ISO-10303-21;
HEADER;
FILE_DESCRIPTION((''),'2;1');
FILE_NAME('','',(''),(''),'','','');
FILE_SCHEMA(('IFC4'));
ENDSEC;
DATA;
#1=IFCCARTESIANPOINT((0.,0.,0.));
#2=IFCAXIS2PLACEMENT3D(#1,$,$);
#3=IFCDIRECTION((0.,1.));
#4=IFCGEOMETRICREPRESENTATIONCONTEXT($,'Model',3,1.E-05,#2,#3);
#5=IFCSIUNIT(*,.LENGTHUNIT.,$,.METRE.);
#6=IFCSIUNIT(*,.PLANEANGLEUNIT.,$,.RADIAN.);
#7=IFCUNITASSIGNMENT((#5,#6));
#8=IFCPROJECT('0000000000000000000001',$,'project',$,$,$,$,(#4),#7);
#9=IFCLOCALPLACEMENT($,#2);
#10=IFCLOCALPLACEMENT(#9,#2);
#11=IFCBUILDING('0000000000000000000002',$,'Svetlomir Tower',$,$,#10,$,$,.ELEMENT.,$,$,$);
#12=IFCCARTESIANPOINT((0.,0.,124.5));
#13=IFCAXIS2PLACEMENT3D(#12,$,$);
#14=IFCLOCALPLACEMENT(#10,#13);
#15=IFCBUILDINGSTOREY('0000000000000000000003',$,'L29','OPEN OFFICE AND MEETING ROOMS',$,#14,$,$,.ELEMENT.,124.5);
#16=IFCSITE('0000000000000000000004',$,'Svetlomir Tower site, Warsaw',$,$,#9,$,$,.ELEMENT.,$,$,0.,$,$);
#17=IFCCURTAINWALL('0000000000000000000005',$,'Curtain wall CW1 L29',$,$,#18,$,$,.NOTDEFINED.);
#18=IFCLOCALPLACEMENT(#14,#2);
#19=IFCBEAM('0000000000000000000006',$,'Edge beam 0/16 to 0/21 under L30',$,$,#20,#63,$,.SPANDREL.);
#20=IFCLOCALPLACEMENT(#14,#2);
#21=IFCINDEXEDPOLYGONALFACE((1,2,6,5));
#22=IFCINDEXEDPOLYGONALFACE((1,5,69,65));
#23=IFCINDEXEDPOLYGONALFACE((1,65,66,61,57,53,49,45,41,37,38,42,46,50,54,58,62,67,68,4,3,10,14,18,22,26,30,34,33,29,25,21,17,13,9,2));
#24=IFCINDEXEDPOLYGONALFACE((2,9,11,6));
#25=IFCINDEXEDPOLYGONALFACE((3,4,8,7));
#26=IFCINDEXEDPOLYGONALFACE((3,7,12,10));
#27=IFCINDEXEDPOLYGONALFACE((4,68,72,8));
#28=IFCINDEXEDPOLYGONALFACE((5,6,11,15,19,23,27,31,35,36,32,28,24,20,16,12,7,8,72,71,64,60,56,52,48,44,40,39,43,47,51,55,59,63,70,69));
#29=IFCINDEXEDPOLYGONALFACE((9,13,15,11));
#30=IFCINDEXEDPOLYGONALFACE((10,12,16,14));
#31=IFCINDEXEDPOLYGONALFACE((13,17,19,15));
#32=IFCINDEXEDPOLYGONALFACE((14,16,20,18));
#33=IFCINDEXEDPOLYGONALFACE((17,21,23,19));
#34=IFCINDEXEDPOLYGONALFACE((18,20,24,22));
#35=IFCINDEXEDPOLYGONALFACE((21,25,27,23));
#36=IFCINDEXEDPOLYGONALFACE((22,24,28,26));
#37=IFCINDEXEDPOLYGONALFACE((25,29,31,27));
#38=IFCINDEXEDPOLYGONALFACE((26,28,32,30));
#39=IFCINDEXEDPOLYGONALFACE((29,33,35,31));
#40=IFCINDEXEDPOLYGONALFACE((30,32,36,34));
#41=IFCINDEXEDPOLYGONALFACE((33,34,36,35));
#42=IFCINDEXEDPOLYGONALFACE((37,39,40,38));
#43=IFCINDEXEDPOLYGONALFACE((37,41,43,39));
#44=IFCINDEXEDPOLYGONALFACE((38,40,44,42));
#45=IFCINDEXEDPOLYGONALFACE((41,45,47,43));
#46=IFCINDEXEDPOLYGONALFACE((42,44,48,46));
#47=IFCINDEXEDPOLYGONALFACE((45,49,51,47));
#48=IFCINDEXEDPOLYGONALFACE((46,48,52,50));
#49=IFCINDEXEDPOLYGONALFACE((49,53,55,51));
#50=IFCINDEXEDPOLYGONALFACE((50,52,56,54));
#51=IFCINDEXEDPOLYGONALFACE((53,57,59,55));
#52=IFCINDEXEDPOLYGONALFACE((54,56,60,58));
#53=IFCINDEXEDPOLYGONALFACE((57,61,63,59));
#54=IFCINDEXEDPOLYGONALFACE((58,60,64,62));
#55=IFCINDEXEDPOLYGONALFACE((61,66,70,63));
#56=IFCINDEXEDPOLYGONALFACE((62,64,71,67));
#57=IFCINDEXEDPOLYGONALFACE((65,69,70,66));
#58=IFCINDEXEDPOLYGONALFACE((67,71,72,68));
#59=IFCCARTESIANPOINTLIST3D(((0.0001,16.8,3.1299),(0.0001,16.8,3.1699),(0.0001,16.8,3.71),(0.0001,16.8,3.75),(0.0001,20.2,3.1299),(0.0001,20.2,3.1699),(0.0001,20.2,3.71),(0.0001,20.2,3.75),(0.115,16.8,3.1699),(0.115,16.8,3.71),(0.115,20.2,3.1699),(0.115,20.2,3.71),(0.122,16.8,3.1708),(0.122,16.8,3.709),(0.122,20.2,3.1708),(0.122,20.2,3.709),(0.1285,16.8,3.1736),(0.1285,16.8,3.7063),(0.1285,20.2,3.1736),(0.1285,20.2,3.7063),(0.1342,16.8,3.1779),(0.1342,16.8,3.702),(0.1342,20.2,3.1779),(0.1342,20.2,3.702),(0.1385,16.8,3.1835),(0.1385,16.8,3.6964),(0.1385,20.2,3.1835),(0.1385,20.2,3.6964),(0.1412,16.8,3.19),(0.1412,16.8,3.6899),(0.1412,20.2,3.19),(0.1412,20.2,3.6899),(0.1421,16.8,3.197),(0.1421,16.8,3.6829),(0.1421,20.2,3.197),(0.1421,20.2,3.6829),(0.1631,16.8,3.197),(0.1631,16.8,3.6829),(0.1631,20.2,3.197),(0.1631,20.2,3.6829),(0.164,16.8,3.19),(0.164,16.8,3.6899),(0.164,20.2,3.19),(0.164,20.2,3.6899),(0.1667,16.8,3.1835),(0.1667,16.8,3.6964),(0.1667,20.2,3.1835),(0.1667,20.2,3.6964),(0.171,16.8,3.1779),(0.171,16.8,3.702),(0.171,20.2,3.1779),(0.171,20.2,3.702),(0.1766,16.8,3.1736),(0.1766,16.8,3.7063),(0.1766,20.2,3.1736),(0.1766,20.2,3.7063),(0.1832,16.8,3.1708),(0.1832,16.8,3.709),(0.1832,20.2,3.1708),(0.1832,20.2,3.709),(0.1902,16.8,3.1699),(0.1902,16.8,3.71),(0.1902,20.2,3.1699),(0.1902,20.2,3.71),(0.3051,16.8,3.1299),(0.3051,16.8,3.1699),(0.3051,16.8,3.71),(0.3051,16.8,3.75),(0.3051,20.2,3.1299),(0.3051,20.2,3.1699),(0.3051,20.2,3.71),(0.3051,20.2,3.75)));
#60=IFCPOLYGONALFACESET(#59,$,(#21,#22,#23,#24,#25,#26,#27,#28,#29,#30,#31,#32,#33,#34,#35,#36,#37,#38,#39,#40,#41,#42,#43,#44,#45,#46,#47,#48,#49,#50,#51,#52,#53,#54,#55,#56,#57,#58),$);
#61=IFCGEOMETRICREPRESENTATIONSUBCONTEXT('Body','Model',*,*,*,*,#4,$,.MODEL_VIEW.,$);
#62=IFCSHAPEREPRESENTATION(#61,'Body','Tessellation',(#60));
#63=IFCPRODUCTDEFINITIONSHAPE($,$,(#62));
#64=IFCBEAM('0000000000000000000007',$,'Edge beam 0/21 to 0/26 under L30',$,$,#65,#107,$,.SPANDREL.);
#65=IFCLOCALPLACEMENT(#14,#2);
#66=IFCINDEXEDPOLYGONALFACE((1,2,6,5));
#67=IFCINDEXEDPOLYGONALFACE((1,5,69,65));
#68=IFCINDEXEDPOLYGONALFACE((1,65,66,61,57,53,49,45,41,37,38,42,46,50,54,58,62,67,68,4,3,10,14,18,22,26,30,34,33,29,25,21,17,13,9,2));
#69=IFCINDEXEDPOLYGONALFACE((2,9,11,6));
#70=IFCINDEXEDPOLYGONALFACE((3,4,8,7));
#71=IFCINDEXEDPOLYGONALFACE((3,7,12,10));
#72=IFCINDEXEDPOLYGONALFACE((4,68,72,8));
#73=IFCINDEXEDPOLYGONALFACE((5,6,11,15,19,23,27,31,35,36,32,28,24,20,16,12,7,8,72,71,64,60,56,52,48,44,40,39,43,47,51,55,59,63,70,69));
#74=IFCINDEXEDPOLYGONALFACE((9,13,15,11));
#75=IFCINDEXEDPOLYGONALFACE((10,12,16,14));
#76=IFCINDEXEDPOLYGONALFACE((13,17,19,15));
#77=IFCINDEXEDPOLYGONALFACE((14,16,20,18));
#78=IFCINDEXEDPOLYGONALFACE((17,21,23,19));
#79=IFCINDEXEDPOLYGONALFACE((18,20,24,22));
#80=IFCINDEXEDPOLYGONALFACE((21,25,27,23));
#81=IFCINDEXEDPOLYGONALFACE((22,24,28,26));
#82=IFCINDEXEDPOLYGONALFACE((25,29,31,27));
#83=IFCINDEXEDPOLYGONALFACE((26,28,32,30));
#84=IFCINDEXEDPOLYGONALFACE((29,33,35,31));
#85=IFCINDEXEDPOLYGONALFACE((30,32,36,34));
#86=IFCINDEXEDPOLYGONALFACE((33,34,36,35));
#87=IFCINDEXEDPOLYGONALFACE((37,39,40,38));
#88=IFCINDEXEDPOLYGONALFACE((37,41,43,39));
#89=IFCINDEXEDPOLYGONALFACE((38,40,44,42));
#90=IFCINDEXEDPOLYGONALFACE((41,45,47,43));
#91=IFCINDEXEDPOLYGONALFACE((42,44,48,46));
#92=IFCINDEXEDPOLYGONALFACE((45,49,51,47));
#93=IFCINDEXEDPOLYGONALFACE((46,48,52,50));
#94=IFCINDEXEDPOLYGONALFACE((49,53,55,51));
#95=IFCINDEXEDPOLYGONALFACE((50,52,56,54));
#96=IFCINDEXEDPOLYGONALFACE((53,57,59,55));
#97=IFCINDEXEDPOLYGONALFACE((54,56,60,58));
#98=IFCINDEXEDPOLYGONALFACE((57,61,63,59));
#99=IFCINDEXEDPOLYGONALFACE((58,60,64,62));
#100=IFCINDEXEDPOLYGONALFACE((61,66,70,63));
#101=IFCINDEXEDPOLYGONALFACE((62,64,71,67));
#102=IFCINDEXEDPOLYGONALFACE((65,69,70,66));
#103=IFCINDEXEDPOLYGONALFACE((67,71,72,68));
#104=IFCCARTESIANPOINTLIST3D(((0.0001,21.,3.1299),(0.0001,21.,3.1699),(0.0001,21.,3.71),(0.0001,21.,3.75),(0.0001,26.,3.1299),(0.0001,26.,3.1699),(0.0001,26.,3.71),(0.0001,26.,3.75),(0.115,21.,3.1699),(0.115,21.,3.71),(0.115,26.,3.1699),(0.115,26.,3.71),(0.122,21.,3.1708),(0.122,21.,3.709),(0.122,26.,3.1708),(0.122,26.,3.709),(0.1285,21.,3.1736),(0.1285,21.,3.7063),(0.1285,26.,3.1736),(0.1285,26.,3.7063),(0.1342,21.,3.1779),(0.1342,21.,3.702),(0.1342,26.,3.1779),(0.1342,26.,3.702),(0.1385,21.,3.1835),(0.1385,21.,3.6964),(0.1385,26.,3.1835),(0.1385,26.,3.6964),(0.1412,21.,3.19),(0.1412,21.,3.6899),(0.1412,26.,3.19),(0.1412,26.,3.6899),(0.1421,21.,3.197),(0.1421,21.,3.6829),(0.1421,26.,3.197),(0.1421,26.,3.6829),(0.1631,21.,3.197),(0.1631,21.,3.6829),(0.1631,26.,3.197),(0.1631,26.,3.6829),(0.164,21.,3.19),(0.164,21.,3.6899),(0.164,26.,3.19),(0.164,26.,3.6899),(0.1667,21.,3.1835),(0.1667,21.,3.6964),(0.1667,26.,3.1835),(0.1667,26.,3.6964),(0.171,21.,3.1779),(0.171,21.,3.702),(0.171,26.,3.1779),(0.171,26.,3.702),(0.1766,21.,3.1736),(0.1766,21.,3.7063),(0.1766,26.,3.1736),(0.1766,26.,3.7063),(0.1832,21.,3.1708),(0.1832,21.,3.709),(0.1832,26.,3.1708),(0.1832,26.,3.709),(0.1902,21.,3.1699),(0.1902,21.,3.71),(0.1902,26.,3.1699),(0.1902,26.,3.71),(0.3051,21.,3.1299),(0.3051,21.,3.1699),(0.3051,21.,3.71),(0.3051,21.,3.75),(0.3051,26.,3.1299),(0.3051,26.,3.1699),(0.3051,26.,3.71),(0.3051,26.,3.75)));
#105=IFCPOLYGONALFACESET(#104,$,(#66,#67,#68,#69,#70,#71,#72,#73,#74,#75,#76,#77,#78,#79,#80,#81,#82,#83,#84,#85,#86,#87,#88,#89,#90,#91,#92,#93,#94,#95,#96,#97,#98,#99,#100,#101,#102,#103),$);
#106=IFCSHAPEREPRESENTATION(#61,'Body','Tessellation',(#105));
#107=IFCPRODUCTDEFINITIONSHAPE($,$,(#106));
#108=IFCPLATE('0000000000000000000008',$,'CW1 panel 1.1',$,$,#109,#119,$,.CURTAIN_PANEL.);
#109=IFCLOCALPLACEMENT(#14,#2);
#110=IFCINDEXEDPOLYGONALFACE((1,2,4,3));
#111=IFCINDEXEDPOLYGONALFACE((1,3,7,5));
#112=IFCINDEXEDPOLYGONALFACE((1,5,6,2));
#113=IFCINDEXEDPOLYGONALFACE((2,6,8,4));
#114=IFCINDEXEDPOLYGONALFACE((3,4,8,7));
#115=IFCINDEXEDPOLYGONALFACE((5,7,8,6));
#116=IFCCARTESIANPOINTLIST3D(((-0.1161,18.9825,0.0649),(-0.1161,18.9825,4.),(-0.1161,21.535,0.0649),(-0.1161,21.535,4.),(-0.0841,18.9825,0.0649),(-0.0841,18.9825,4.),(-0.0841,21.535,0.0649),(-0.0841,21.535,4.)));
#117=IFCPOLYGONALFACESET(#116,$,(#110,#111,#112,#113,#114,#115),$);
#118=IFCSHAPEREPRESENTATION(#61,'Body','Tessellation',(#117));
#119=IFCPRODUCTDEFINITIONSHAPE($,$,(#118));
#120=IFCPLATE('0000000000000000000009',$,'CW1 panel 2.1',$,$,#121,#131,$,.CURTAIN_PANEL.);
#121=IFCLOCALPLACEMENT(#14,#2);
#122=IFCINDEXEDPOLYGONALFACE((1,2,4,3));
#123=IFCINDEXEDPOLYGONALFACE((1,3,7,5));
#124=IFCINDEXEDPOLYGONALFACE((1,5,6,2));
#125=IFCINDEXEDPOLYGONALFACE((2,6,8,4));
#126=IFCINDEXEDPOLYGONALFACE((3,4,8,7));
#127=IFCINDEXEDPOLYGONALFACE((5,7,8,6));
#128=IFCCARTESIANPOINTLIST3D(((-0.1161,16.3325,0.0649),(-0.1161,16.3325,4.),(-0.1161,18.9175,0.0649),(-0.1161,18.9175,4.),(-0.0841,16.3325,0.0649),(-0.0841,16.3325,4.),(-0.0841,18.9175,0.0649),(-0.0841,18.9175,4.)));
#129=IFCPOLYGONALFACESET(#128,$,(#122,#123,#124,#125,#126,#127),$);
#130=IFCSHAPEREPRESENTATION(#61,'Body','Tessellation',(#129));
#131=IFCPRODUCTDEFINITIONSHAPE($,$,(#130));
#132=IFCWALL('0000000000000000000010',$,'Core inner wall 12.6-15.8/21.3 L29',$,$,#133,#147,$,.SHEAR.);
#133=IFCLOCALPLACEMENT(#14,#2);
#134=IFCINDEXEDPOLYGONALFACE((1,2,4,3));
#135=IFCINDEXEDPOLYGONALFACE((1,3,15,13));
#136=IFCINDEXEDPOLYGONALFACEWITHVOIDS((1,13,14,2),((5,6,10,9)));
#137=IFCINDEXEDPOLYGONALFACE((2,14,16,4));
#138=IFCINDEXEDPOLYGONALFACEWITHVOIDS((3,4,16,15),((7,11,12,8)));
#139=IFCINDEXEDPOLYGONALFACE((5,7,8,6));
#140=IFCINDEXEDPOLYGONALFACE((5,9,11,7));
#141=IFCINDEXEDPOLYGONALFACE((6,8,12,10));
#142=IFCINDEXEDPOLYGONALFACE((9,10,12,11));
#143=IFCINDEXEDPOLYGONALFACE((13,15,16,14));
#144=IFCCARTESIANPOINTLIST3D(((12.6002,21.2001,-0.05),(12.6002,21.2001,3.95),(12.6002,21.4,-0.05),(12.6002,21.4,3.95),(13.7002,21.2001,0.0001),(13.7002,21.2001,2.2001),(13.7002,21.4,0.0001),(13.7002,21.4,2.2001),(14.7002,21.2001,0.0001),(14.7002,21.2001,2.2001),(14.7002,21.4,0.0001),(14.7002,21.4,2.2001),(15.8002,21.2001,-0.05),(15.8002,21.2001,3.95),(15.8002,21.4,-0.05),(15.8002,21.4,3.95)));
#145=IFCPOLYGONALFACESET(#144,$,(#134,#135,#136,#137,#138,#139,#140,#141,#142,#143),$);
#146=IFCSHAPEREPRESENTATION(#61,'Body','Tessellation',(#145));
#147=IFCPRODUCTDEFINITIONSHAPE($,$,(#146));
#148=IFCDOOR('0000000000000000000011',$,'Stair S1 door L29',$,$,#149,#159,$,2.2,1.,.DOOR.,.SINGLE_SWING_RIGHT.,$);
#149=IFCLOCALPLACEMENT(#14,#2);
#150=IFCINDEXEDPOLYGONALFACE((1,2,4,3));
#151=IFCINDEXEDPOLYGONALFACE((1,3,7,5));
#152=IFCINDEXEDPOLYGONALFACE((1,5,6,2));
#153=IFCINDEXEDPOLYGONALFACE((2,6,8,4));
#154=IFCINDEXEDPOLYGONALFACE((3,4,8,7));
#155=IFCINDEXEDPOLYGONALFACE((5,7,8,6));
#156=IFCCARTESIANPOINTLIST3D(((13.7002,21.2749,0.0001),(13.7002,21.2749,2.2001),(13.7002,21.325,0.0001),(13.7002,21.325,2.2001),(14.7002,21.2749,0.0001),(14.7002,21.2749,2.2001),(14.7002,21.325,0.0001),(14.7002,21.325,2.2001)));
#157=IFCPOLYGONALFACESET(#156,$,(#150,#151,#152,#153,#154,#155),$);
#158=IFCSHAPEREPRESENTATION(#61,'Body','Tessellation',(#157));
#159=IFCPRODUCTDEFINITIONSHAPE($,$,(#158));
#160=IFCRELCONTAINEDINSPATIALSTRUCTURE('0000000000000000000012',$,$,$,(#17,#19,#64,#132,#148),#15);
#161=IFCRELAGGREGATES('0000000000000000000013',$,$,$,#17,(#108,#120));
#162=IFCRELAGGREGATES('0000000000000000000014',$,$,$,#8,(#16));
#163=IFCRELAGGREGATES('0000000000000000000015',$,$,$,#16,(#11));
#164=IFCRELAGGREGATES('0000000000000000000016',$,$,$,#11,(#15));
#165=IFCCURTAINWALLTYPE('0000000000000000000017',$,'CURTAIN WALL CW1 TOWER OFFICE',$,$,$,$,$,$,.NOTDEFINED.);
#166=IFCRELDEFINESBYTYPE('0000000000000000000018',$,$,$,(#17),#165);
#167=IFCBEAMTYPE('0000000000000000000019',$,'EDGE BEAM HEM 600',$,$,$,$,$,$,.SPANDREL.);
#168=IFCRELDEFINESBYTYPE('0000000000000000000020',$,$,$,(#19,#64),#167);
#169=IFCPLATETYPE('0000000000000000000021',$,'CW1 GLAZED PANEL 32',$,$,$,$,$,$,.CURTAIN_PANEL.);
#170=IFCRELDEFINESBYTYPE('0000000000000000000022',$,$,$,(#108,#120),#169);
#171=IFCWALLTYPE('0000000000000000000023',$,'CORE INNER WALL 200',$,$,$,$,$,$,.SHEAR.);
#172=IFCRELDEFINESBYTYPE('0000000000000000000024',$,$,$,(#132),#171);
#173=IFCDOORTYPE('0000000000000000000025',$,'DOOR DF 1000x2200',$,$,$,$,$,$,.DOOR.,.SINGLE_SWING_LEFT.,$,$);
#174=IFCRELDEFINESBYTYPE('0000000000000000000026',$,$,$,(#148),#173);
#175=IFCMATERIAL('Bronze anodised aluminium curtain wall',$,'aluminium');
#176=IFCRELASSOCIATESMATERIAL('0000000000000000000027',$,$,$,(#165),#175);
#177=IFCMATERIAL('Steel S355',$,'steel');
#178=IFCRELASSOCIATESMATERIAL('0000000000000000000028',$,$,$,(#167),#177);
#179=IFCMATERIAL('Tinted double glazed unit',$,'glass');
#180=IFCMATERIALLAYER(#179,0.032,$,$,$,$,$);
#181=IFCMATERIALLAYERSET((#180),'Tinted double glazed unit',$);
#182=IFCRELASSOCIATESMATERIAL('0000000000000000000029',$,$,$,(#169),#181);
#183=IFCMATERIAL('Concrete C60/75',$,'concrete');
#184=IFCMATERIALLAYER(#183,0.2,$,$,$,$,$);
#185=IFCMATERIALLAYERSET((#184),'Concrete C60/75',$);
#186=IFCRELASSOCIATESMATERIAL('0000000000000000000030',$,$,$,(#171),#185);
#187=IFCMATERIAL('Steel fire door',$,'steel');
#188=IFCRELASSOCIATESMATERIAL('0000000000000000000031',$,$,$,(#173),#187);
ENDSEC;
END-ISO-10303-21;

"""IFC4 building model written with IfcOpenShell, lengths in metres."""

from ifc_helpers import new_model, si_unit, direction, frame, frame_2d, origin, origin_2d, place, context, subcontext, project, spatial, rectangle, i_section, extrude, material, layer, layer_set, material_profile, profile_set, type_object, element, fill, aggregate, save


model = new_model("IFC4")

# Units and contexts
model_context = context("Model", 3, precision=1e-05, world=origin(), true_north=direction((0.0, 1.0)))
body_context = subcontext(model_context, "Body", "Model", "MODEL_VIEW")
ifc_project = project(units=[si_unit("LENGTHUNIT", "METRE"), si_unit("PLANEANGLEUNIT", "RADIAN")], contexts=[model_context])

# Site, building, storey
site_placement = place(None, origin())
site = spatial("IfcSite", under=ifc_project, at=site_placement, Name="Svetlomir Tower site, Warsaw", CompositionType="ELEMENT", RefElevation=0.0)
building_placement = place(site_placement, origin())
building = spatial("IfcBuilding", under=site, at=building_placement, Name="Svetlomir Tower", CompositionType="ELEMENT")
storey_placement = place(building_placement, frame((0.0, 0.0, 124.5)))
storey = spatial("IfcBuildingStorey", under=building, at=storey_placement, Name="L29", Description="OPEN OFFICE AND MEETING ROOMS", CompositionType="ELEMENT", Elevation=124.5)

# Curtain wall
ifc_material_1 = material(Name="Bronze anodised aluminium curtain wall", Category="aluminium")
curtain_wall_type = type_object("IfcCurtainWallType", Name="CURTAIN WALL CW1 TOWER OFFICE", PredefinedType="NOTDEFINED", material=ifc_material_1)
curtain_wall_placement = place(storey_placement, origin())
curtain_wall = element("IfcCurtainWall", 1, at=curtain_wall_placement, inside=storey, type_object=curtain_wall_type, Name="Curtain wall CW1 L29", PredefinedType="NOTDEFINED")

# Beams
ifc_material_2 = material(Name="Steel S355", Category="steel")
ifc_material_profile_1 = material_profile(ifc_material_2, i_section(OverallWidth=0.3049, OverallDepth=0.6201, WebThickness=0.021, FlangeThickness=0.04, FilletRadius=0.0271, at=origin_2d()), Name="HEM 600")
ifc_profile_set_1 = profile_set([ifc_material_profile_1], Name="Steel S355")
beam_type_1 = type_object("IfcBeamType", Name="EDGE BEAM HEM 600", PredefinedType="SPANDREL", material=ifc_profile_set_1)
beam_1_placement = place(storey_placement, frame((0.1526, 16.8, 3.4399), z_axis=(0.0, 1.0, 0.0), x_axis=(-1.0, 0.0, 0.0)))
element("IfcBeam", 2, at=beam_1_placement, inside=storey, type_object=beam_type_1, Name="Edge beam 0/16 to 0/21 under L30", PredefinedType="SPANDREL", context=body_context, shape_type="SweptSolid", body=[
    extrude(i_section(OverallWidth=0.3049, OverallDepth=0.6201, WebThickness=0.021, FlangeThickness=0.04, FilletRadius=0.0271, at=origin_2d()), origin(), (0.0, 0.0, 1.0), 3.3999),
])
beam_2_placement = place(storey_placement, frame((0.1526, 21.0, 3.4399), z_axis=(0.0, 1.0, 0.0), x_axis=(-1.0, 0.0, 0.0)))
element("IfcBeam", 3, at=beam_2_placement, inside=storey, type_object=beam_type_1, Name="Edge beam 0/21 to 0/26 under L30", PredefinedType="SPANDREL", context=body_context, shape_type="SweptSolid", body=[
    extrude(i_section(OverallWidth=0.3049, OverallDepth=0.6201, WebThickness=0.021, FlangeThickness=0.04, FilletRadius=0.0271, at=origin_2d()), origin(), (0.0, 0.0, 1.0), 5.0),
])

# Plates
ifc_material_3 = material(Name="Tinted double glazed unit", Category="glass")
ifc_layer_1 = layer(ifc_material_3, 0.032)
ifc_layer_set_1 = layer_set([ifc_layer_1], Name="Tinted double glazed unit")
plate_type = type_object("IfcPlateType", Name="CW1 GLAZED PANEL 32", PredefinedType="CURTAIN_PANEL", material=ifc_layer_set_1)
plate_1_placement = place(storey_placement, frame((-0.1001, 20.2588, 0.0649), z_axis=(0.0, 0.0, 1.0), x_axis=(0.0, -1.0, 0.0)))
plate_1 = element("IfcPlate", 4, at=plate_1_placement, type_object=plate_type, Name="CW1 panel 1.1", PredefinedType="CURTAIN_PANEL", context=body_context, shape_type="SweptSolid", body=[
    extrude(rectangle(XDim=2.5525, YDim=0.032, at=origin_2d()), origin(), (0.0, 0.0, 1.0), 3.9351),
])
plate_2_placement = place(storey_placement, frame((-0.1001, 17.625, 0.0649), z_axis=(0.0, 0.0, 1.0), x_axis=(0.0, -1.0, 0.0)))
plate_2 = element("IfcPlate", 5, at=plate_2_placement, type_object=plate_type, Name="CW1 panel 2.1", PredefinedType="CURTAIN_PANEL", context=body_context, shape_type="SweptSolid", body=[
    extrude(rectangle(XDim=2.585, YDim=0.032, at=origin_2d()), origin(), (0.0, 0.0, 1.0), 3.9351),
])
aggregate(curtain_wall, [plate_1, plate_2])

# Wall, opening, door
ifc_material_4 = material(Name="Concrete C60/75", Category="concrete")
ifc_layer_2 = layer(ifc_material_4, 0.2)
ifc_layer_set_2 = layer_set([ifc_layer_2], Name="Concrete C60/75")
wall_type_1 = type_object("IfcWallType", Name="CORE INNER WALL 200", PredefinedType="SHEAR", material=ifc_layer_set_2)
wall_1_placement = place(storey_placement, frame((12.6001, 21.3, -0.05), z_axis=(0.0, 0.0, 1.0), x_axis=(1.0, 0.0, 0.0)))
wall_1 = element("IfcWall", 6, at=wall_1_placement, inside=storey, type_object=wall_type_1, Name="Core inner wall 12.6-15.8/21.3 L29", PredefinedType="SHEAR", context=body_context, shape_type="SweptSolid", body=[
    extrude(rectangle(XDim=3.2, YDim=0.2, at=frame_2d((1.6001, 0.0))), origin(), (0.0, 0.0, 1.0), 4.0),
])
opening_1_placement = place(wall_1_placement, frame((1.1001, 0.0, 0.05)))
opening_1 = element("IfcOpeningElement", 7, at=opening_1_placement, cuts=wall_1, PredefinedType="OPENING", context=body_context, shape_type="SweptSolid", body=[
    extrude(rectangle(XDim=1.0, YDim=2.2, at=frame_2d((0.5, 1.1001))), frame((0.0, 0.1099, 0.0), z_axis=(0.0, -1.0, 0.0), x_axis=(1.0, 0.0, 0.0)), (0.0, 0.0, 1.0), 0.22),
])
ifc_material_5 = material(Name="Steel fire door", Category="steel")
door_type_1 = type_object("IfcDoorType", Name="DOOR DF 1000x2200", OperationType="SINGLE_SWING_LEFT", PredefinedType="DOOR", material=ifc_material_5)
door_1_placement = place(opening_1_placement, origin())
door_1 = element("IfcDoor", 8, at=door_1_placement, inside=storey, type_object=door_type_1, Name="Stair S1 door L29", OperationType="SINGLE_SWING_RIGHT", OverallHeight=2.2, OverallWidth=1.0, PredefinedType="DOOR", context=body_context, shape_type="SweptSolid", body=[
    extrude(rectangle(XDim=1.0, YDim=2.2, at=frame_2d((0.5, 1.1001))), frame((0.0, 0.0249, 0.0), z_axis=(0.0, -1.0, 0.0), x_axis=(1.0, 0.0, 0.0)), (0.0, 0.0, 1.0), 0.05),
])
fill(opening_1, door_1)

save(model, "model.ifc")
